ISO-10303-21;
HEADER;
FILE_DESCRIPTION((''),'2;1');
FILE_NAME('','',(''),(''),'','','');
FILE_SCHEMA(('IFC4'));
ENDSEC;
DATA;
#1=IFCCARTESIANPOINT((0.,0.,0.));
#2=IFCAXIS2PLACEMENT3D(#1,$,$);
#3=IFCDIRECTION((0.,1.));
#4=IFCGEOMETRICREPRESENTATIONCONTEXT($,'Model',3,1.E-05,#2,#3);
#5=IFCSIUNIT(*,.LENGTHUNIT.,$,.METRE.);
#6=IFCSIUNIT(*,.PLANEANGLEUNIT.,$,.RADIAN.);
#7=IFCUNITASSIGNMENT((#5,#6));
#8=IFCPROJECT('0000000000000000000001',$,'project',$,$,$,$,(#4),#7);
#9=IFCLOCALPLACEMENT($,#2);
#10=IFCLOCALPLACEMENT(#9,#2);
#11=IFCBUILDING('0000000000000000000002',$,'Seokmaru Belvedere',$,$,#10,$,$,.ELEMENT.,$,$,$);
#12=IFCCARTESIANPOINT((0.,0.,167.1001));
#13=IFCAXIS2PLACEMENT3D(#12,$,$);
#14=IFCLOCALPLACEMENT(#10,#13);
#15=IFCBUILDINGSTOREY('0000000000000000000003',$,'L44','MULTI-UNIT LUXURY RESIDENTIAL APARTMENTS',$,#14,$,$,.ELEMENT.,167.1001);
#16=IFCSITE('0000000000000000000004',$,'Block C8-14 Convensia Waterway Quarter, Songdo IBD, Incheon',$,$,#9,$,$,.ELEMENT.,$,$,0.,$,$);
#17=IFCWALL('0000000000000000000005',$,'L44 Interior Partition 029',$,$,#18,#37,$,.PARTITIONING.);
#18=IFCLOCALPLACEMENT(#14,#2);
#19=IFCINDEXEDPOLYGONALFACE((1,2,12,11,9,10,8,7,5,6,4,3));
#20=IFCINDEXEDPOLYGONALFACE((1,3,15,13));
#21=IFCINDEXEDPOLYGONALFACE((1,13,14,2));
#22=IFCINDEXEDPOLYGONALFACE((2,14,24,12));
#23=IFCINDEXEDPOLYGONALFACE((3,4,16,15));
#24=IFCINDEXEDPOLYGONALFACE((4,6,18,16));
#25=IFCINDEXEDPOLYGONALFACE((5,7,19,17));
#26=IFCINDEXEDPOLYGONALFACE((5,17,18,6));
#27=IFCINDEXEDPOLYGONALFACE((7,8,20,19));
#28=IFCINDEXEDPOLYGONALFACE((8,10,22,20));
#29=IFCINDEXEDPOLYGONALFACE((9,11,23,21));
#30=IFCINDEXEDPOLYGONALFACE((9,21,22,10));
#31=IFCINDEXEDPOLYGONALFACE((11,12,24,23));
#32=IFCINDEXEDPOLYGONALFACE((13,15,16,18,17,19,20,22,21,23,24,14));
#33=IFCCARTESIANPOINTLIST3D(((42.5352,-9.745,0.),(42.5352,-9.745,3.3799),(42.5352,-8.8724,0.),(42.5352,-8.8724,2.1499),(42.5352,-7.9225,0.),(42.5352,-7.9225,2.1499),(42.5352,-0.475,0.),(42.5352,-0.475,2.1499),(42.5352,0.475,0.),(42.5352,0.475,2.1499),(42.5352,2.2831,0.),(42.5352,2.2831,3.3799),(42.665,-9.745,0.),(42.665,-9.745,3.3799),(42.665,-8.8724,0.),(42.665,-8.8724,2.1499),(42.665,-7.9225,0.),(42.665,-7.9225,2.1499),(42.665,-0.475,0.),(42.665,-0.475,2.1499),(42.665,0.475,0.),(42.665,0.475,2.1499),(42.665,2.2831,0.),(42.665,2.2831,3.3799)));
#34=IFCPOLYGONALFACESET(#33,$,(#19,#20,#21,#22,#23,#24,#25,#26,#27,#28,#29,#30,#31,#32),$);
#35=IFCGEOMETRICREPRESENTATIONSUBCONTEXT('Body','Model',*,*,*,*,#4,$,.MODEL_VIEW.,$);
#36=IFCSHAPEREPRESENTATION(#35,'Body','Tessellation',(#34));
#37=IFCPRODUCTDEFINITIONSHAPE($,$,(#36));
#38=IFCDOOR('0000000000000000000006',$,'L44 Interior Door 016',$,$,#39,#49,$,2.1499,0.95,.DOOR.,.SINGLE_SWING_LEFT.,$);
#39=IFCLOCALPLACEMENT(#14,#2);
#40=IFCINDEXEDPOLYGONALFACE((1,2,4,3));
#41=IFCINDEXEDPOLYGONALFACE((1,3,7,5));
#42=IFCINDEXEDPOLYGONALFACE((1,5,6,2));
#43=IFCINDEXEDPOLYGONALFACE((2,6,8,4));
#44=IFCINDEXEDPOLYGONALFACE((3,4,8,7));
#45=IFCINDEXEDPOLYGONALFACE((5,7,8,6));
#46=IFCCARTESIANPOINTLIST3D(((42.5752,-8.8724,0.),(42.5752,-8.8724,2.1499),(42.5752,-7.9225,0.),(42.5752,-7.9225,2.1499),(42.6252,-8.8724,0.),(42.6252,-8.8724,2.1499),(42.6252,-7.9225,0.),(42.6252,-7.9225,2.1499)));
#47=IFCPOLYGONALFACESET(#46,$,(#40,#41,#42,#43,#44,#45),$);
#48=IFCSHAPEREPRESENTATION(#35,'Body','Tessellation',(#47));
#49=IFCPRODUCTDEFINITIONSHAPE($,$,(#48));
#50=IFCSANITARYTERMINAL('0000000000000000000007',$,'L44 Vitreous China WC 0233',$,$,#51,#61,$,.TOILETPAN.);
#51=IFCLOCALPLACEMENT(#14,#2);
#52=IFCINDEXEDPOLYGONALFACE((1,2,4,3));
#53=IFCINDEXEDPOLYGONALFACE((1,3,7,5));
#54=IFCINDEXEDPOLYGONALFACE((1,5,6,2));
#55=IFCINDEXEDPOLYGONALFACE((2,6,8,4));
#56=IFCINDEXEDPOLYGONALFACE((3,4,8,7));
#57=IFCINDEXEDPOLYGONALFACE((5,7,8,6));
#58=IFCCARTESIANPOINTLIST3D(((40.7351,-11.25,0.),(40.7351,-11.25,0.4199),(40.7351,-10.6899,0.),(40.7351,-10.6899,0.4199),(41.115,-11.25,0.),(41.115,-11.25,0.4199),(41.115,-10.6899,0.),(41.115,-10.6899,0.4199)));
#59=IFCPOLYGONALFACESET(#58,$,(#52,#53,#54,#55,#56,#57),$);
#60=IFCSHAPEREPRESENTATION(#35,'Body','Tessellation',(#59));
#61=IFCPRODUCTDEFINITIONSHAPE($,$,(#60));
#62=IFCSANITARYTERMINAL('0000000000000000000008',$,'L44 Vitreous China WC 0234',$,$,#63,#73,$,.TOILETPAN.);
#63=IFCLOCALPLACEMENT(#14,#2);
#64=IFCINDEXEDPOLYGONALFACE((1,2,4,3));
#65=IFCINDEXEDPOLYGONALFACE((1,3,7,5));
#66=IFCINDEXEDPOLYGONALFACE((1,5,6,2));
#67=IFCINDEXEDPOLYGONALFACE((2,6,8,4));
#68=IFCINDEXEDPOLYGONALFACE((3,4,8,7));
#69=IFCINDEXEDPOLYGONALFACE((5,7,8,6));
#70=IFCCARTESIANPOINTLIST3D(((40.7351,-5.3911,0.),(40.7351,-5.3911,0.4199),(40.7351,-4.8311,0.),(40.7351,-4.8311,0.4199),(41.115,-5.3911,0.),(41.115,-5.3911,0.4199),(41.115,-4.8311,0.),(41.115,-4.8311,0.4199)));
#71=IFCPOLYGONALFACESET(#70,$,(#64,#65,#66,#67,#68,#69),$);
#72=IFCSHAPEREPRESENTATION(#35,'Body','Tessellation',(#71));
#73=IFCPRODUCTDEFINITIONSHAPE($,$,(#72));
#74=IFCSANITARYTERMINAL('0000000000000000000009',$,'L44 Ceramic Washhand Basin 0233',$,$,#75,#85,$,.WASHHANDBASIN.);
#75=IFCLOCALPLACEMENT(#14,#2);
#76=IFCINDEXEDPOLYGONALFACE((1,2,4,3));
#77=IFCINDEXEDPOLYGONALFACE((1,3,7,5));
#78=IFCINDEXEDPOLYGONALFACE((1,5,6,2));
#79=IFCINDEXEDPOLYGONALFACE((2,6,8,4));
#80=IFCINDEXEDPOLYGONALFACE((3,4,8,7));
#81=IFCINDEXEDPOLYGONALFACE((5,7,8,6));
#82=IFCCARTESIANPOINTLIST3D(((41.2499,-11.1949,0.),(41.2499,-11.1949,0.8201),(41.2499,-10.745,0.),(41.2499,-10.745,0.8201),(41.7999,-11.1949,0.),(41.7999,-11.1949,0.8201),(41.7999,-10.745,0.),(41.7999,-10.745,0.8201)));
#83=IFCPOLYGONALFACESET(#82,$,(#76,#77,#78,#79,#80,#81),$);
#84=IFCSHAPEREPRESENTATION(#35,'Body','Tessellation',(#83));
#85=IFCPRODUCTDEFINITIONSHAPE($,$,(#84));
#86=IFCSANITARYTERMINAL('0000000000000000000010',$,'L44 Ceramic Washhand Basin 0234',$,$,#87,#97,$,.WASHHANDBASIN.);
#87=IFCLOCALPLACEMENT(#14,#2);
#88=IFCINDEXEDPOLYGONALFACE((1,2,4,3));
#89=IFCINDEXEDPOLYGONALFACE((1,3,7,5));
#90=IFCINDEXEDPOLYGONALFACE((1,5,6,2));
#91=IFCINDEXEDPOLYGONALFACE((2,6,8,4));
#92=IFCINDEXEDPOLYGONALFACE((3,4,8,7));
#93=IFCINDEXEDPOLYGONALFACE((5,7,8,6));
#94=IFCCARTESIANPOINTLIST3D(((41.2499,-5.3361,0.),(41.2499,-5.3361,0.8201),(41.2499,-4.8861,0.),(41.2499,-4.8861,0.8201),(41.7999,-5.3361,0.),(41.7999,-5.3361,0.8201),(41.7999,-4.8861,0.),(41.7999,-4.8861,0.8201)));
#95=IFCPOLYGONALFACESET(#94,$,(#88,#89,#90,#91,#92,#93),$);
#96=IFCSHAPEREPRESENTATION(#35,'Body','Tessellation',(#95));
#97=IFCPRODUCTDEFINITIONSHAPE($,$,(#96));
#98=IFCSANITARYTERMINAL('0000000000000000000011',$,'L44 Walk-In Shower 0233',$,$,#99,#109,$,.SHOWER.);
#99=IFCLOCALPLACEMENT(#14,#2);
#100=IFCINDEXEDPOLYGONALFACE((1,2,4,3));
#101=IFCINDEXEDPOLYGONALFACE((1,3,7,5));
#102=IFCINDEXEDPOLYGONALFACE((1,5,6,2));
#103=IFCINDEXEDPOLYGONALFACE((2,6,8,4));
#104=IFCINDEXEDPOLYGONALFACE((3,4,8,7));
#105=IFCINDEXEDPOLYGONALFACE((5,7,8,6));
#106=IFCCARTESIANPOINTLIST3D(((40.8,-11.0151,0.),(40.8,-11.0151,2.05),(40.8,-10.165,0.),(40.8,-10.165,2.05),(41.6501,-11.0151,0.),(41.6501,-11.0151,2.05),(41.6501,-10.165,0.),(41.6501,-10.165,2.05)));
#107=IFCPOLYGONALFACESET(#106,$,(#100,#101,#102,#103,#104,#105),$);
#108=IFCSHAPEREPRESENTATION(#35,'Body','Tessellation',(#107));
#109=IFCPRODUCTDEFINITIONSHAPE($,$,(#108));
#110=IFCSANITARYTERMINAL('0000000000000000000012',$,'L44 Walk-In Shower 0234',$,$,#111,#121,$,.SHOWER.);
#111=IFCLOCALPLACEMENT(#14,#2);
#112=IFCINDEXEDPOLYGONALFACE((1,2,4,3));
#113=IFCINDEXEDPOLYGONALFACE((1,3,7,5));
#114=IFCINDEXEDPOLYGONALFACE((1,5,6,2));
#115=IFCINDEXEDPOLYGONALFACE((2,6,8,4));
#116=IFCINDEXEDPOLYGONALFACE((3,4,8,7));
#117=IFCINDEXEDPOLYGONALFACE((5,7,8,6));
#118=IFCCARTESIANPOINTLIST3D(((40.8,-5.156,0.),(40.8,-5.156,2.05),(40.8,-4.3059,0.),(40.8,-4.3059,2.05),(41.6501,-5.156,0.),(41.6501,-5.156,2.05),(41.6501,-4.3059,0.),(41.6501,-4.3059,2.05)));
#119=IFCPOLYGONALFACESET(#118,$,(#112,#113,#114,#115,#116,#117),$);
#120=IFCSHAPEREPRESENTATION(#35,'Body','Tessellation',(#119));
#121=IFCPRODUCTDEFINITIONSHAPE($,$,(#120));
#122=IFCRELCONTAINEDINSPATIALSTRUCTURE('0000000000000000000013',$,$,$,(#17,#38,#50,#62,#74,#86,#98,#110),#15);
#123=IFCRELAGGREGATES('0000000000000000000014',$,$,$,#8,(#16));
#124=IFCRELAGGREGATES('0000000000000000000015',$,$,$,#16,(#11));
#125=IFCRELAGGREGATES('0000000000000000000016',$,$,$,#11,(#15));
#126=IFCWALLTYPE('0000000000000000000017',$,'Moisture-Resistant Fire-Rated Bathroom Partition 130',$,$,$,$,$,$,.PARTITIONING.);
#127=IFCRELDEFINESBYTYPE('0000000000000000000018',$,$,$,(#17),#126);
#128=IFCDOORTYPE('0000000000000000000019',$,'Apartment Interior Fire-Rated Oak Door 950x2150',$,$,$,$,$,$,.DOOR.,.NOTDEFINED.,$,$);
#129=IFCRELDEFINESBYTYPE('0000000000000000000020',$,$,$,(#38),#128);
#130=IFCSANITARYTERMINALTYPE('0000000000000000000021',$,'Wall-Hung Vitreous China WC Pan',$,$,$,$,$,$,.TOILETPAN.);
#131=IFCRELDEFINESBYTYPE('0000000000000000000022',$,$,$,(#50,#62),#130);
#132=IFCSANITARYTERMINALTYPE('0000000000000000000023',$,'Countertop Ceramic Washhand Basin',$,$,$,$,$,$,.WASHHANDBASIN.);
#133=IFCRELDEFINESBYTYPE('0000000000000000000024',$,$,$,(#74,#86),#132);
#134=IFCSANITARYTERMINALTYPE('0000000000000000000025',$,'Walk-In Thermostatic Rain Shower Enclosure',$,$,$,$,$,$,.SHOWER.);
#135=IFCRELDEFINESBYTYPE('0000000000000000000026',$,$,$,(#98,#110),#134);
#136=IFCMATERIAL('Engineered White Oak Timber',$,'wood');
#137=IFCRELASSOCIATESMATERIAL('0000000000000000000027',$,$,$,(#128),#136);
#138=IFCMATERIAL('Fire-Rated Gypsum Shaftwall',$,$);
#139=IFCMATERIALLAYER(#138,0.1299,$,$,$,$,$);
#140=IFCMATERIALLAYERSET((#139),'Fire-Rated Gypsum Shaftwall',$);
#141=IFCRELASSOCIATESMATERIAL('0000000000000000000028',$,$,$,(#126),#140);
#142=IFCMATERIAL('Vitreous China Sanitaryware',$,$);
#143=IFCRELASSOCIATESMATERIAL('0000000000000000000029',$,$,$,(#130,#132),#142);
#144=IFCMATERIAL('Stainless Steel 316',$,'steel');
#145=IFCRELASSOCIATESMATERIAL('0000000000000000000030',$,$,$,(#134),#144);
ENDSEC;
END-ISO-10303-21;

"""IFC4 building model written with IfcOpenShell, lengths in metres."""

from ifc_helpers import new_model, si_unit, direction, frame, frame_2d, origin, origin_2d, place, context, subcontext, project, spatial, rectangle, extrude, source, transform, mapped, material, layer, layer_set, type_object, type_shapes, element, fill, save


model = new_model("IFC4")

# Units and contexts
model_context = context("Model", 3, precision=1e-05, world=origin(), true_north=direction((0.0, 1.0)))
body_context = subcontext(model_context, "Body", "Model", "MODEL_VIEW")
ifc_project = project(units=[si_unit("LENGTHUNIT", "METRE"), si_unit("PLANEANGLEUNIT", "RADIAN")], contexts=[model_context])

# Site, building, storey
site_placement = place(None, origin())
site = spatial("IfcSite", under=ifc_project, at=site_placement, Name="Block C8-14 Convensia Waterway Quarter, Songdo IBD, Incheon", CompositionType="ELEMENT", RefElevation=0.0)
building_placement = place(site_placement, origin())
building = spatial("IfcBuilding", under=site, at=building_placement, Name="Seokmaru Belvedere", CompositionType="ELEMENT")
storey_placement = place(building_placement, frame((0.0, 0.0, 167.1001)))
storey = spatial("IfcBuildingStorey", under=building, at=storey_placement, Name="L44", Description="MULTI-UNIT LUXURY RESIDENTIAL APARTMENTS", CompositionType="ELEMENT", Elevation=167.1001)

# Shared definitions
ifc_material_1 = material(Name="Fire-Rated Gypsum Shaftwall")
ifc_material_2 = material(Name="Engineered White Oak Timber", Category="wood")
door_type_1 = type_object("IfcDoorType", Name="Apartment Interior Fire-Rated Oak Door 950x2150", OperationType="NOTDEFINED", PredefinedType="DOOR", material=ifc_material_2)
shared_shape_1 = source(origin(), body_context, "Body", "SweptSolid", [
    extrude(rectangle(XDim=0.95, YDim=2.1499, at=frame_2d((0.4751, 1.075))), frame((0.0, 0.0249, 0.0), z_axis=(0.0, -1.0, 0.0), x_axis=(1.0, 0.0, 0.0)), (0.0, 0.0, 1.0), 0.05),
])
type_shapes(door_type_1, [shared_shape_1])

# Shared definitions
ifc_layer_1 = layer(ifc_material_1, 0.1299)
ifc_layer_set_1 = layer_set([ifc_layer_1], Name="Fire-Rated Gypsum Shaftwall")
wall_type_1 = type_object("IfcWallType", Name="Moisture-Resistant Fire-Rated Bathroom Partition 130", PredefinedType="PARTITIONING", material=ifc_layer_set_1)

# Wall, openings, door
wall_1_placement = place(storey_placement, frame((42.6001, -9.7451, 0.0), z_axis=(0.0, 0.0, 1.0), x_axis=(0.0, 1.0, 0.0)))
wall_1 = element("IfcWall", 1, at=wall_1_placement, inside=storey, type_object=wall_type_1, Name="L44 Interior Partition 029", PredefinedType="PARTITIONING", context=body_context, shape_type="SweptSolid", body=[
    extrude(rectangle(XDim=12.0281, YDim=0.1299, at=frame_2d((6.0142, 0.0))), origin(), (0.0, 0.0, 1.0), 3.3799),
])
opening_1_placement = place(wall_1_placement, frame((0.8726, 0.0, 0.0)))
opening_1 = element("IfcOpeningElement", 2, at=opening_1_placement, cuts=wall_1, PredefinedType="OPENING", context=body_context, shape_type="SweptSolid", body=[
    extrude(rectangle(XDim=0.95, YDim=2.1499, at=frame_2d((0.4751, 1.075))), frame((0.0, 0.075, 0.0), z_axis=(0.0, -1.0, 0.0), x_axis=(1.0, 0.0, 0.0)), (0.0, 0.0, 1.0), 0.1499),
])
opening_2_placement = place(wall_1_placement, frame((9.27, 0.0, 0.0)))
element("IfcOpeningElement", 3, at=opening_2_placement, cuts=wall_1, PredefinedType="OPENING", context=body_context, shape_type="SweptSolid", body=[
    extrude(rectangle(XDim=0.95, YDim=2.1499, at=frame_2d((0.4751, 1.075))), frame((0.0, 0.075, 0.0), z_axis=(0.0, -1.0, 0.0), x_axis=(1.0, 0.0, 0.0)), (0.0, 0.0, 1.0), 0.1499),
])
door_1_placement = place(opening_1_placement, origin())
door_1 = element("IfcDoor", 4, at=door_1_placement, inside=storey, type_object=door_type_1, Name="L44 Interior Door 016", OperationType="SINGLE_SWING_LEFT", OverallHeight=2.1499, OverallWidth=0.95, PredefinedType="DOOR", context=body_context, shape_type="MappedRepresentation", body=[
    mapped(shared_shape_1, transform((0.0, 0.0, 0.0), scale=1.0)),
])
fill(opening_1, door_1)

# Sanitary terminals
ifc_material_3 = material(Name="Vitreous China Sanitaryware")
sanitary_terminal_type_1 = type_object("IfcSanitaryTerminalType", Name="Wall-Hung Vitreous China WC Pan", PredefinedType="TOILETPAN", material=ifc_material_3)
shared_shape_2 = source(origin(), body_context, "Body", "SweptSolid", [
    extrude(rectangle(XDim=0.3799, YDim=0.5601, at=origin_2d()), origin(), (0.0, 0.0, 1.0), 0.4199),
])
type_shapes(sanitary_terminal_type_1, [shared_shape_2])
for number, where, z_axis, x_axis, name in (
    (5, (40.925, -10.97, 0.0), (0.0, 0.0, 1.0), (1.0, 0.0, 0.0), "L44 Vitreous China WC 0233"),
    (6, (40.925, -5.1111, 0.0), (0.0, 0.0, 1.0), (1.0, 0.0, 0.0), "L44 Vitreous China WC 0234"),
):
    element("IfcSanitaryTerminal", number, at=place(storey_placement, frame(where, z_axis=z_axis, x_axis=x_axis)), inside=storey, type_object=sanitary_terminal_type_1, Name=name, PredefinedType="TOILETPAN", context=body_context, shape_type="MappedRepresentation", body=[
        mapped(shared_shape_2, transform((0.0, 0.0, 0.0), scale=1.0)),
    ])
sanitary_terminal_type_2 = type_object("IfcSanitaryTerminalType", Name="Countertop Ceramic Washhand Basin", PredefinedType="WASHHANDBASIN", material=ifc_material_3)
shared_shape_3 = source(origin(), body_context, "Body", "SweptSolid", [
    extrude(rectangle(XDim=0.55, YDim=0.45, at=origin_2d()), origin(), (0.0, 0.0, 1.0), 0.8201),
])
type_shapes(sanitary_terminal_type_2, [shared_shape_3])
for number, where, z_axis, x_axis, name in (
    (7, (41.5249, -10.97, 0.0), (0.0, 0.0, 1.0), (1.0, 0.0, 0.0), "L44 Ceramic Washhand Basin 0233"),
    (8, (41.5249, -5.1111, 0.0), (0.0, 0.0, 1.0), (1.0, 0.0, 0.0), "L44 Ceramic Washhand Basin 0234"),
):
    element("IfcSanitaryTerminal", number, at=place(storey_placement, frame(where, z_axis=z_axis, x_axis=x_axis)), inside=storey, type_object=sanitary_terminal_type_2, Name=name, PredefinedType="WASHHANDBASIN", context=body_context, shape_type="MappedRepresentation", body=[
        mapped(shared_shape_3, transform((0.0, 0.0, 0.0), scale=1.0)),
    ])
ifc_material_4 = material(Name="Stainless Steel 316", Category="steel")
sanitary_terminal_type_3 = type_object("IfcSanitaryTerminalType", Name="Walk-In Thermostatic Rain Shower Enclosure", PredefinedType="SHOWER", material=ifc_material_4)
shared_shape_4 = source(origin(), body_context, "Body", "SweptSolid", [
    extrude(rectangle(XDim=0.8501, YDim=0.8501, at=origin_2d()), origin(), (0.0, 0.0, 1.0), 2.05),
])
type_shapes(sanitary_terminal_type_3, [shared_shape_4])
for number, where, z_axis, x_axis, name in (
    (9, (41.2251, -10.5901, 0.0), (0.0, 0.0, 1.0), (1.0, 0.0, 0.0), "L44 Walk-In Shower 0233"),
    (10, (41.2251, -4.731, 0.0), (0.0, 0.0, 1.0), (1.0, 0.0, 0.0), "L44 Walk-In Shower 0234"),
):
    element("IfcSanitaryTerminal", number, at=place(storey_placement, frame(where, z_axis=z_axis, x_axis=x_axis)), inside=storey, type_object=sanitary_terminal_type_3, Name=name, PredefinedType="SHOWER", context=body_context, shape_type="MappedRepresentation", body=[
        mapped(shared_shape_4, transform((0.0, 0.0, 0.0), scale=1.0)),
    ])

save(model, "model.ifc")
